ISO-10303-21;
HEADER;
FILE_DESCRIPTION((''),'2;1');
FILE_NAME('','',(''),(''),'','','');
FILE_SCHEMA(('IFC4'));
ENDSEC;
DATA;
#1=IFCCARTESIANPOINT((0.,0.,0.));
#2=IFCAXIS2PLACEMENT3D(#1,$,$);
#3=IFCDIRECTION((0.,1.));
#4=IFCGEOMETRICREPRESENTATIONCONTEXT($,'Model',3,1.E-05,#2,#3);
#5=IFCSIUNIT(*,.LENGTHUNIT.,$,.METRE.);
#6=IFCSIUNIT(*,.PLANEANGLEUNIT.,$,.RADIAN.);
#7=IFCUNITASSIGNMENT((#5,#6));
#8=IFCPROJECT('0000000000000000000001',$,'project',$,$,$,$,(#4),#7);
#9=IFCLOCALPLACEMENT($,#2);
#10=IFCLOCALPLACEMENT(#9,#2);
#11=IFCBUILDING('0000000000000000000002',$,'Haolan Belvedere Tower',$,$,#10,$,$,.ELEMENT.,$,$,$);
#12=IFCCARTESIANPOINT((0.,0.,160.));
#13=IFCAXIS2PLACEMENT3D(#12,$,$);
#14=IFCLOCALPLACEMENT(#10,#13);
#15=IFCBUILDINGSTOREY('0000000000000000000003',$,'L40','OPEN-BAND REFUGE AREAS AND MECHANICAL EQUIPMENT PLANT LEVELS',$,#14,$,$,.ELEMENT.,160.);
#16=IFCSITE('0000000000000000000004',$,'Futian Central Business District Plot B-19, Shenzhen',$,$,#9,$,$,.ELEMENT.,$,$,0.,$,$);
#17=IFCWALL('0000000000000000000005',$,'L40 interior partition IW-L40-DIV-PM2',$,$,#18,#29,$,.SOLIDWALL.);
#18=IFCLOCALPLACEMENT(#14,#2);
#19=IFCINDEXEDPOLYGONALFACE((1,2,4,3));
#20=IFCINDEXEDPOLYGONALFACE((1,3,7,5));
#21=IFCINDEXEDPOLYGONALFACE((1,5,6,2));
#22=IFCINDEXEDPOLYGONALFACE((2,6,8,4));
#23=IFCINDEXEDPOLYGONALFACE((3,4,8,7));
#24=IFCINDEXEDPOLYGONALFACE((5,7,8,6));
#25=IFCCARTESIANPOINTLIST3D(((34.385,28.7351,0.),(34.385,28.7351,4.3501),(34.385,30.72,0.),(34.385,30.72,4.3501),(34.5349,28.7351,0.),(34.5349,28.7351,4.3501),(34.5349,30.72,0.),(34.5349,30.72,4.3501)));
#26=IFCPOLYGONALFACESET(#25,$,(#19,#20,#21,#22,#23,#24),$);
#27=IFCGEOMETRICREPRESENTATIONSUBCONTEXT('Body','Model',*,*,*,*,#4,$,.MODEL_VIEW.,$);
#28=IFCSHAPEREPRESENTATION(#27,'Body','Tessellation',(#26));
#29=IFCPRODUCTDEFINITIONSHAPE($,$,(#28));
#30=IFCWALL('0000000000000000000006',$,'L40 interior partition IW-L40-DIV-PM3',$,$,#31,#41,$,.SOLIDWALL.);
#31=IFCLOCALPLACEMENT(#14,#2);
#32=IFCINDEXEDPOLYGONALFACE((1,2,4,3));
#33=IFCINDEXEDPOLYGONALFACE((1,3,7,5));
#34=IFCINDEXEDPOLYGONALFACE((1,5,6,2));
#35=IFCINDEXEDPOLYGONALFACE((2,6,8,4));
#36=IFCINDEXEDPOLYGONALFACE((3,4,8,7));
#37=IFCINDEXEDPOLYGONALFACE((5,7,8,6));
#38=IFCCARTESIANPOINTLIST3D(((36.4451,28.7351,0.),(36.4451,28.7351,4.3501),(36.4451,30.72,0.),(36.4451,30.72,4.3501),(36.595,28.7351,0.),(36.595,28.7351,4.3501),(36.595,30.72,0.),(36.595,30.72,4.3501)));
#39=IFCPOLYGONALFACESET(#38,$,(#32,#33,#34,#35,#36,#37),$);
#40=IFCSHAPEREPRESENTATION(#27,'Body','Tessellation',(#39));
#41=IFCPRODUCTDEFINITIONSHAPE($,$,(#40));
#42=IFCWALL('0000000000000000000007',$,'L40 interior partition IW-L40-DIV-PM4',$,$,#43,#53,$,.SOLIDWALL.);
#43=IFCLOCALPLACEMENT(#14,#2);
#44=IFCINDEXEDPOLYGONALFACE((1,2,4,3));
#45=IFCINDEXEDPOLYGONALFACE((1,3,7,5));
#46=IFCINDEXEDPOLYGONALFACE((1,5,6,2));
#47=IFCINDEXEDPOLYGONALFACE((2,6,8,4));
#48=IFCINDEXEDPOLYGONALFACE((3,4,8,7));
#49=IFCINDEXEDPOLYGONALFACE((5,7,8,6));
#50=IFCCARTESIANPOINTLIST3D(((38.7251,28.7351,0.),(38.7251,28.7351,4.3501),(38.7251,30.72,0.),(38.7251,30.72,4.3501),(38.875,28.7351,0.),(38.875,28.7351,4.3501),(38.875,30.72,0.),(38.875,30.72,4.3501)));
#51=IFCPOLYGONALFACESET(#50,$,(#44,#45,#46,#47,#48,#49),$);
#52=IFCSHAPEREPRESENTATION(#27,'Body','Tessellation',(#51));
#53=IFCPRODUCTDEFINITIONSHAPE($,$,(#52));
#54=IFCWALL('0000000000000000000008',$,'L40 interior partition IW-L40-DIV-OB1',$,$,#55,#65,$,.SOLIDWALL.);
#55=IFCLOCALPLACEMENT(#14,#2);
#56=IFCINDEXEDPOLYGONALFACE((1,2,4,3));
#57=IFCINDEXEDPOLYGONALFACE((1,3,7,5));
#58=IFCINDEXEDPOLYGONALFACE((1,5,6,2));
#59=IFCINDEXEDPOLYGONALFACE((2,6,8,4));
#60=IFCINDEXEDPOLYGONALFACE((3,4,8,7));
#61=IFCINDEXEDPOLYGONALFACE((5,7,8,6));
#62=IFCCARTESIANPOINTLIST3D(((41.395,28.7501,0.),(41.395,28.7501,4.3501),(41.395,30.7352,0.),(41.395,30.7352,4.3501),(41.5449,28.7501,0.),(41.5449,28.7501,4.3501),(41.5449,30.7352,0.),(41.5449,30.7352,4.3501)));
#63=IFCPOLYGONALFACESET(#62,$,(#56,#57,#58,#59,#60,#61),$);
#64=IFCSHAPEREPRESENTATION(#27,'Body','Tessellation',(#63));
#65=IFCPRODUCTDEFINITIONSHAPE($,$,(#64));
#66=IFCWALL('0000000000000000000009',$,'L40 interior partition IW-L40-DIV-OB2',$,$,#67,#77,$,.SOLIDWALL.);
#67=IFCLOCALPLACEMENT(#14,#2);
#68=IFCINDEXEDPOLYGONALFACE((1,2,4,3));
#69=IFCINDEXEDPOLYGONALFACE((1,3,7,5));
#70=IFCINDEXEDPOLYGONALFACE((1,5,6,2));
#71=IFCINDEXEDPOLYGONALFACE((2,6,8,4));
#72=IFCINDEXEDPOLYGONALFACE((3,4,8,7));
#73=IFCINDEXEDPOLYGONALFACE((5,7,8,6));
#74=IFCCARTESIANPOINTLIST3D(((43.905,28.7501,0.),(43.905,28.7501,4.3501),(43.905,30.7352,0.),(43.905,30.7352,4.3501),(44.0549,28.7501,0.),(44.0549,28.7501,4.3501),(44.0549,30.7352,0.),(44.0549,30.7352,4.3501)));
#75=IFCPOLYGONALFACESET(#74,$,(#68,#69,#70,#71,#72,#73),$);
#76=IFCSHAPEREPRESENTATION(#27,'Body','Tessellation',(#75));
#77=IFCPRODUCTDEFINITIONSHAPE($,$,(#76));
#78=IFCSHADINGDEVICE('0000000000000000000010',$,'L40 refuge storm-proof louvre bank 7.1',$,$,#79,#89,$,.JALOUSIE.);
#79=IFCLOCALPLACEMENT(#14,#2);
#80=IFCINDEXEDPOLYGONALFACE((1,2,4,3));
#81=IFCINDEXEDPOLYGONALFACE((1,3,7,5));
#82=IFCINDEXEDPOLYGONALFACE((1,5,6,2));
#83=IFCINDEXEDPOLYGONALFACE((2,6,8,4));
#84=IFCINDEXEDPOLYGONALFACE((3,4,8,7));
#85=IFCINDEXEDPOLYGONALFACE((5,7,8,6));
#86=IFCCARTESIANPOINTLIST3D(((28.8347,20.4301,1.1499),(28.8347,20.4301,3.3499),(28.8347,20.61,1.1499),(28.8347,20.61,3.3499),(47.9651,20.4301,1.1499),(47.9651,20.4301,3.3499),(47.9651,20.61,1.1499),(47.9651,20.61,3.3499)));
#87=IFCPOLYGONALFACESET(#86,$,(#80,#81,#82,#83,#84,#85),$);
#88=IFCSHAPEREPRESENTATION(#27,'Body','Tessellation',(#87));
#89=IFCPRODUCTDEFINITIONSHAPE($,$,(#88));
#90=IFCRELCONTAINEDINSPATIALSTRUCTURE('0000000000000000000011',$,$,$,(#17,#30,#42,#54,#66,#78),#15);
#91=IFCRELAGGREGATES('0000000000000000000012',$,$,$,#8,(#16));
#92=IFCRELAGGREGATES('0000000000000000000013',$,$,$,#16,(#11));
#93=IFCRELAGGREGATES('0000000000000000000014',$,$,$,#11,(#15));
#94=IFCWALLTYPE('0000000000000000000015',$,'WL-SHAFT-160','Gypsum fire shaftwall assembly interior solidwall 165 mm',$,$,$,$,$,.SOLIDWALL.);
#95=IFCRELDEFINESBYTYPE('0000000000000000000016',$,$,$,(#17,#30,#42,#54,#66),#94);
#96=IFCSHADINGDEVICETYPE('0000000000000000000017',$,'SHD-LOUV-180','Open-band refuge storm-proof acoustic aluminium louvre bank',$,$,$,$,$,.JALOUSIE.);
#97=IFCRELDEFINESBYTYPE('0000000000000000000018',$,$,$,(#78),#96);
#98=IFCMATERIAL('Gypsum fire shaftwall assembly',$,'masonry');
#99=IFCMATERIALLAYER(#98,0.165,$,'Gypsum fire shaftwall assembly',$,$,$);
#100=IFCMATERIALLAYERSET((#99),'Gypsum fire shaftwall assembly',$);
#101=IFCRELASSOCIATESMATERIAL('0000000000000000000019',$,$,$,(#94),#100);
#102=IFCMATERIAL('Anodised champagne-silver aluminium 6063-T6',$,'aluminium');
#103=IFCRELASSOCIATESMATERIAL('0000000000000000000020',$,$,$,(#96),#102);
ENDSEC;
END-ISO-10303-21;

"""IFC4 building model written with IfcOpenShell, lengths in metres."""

from ifc_helpers import new_model, si_unit, direction, frame, frame_2d, origin, origin_2d, place, context, subcontext, project, spatial, rectangle, extrude, material, layer, layer_set, type_object, element, save


model = new_model("IFC4")

# Units and contexts
model_context = context("Model", 3, precision=1e-05, world=origin(), true_north=direction((0.0, 1.0)))
body_context = subcontext(model_context, "Body", "Model", "MODEL_VIEW")
ifc_project = project(units=[si_unit("LENGTHUNIT", "METRE"), si_unit("PLANEANGLEUNIT", "RADIAN")], contexts=[model_context])

# Site, building, storey
site_placement = place(None, origin())
site = spatial("IfcSite", under=ifc_project, at=site_placement, Name="Futian Central Business District Plot B-19, Shenzhen", CompositionType="ELEMENT", RefElevation=0.0)
building_placement = place(site_placement, origin())
building = spatial("IfcBuilding", under=site, at=building_placement, Name="Haolan Belvedere Tower", CompositionType="ELEMENT")
storey_placement = place(building_placement, frame((0.0, 0.0, 160.0)))
storey = spatial("IfcBuildingStorey", under=building, at=storey_placement, Name="L40", Description="OPEN-BAND REFUGE AREAS AND MECHANICAL EQUIPMENT PLANT LEVELS", CompositionType="ELEMENT", Elevation=160.0)

# Shared definitions
ifc_material_1 = material(Name="Gypsum fire shaftwall assembly", Category="masonry")
ifc_layer_1 = layer(ifc_material_1, 0.165, Name="Gypsum fire shaftwall assembly")
ifc_layer_set_1 = layer_set([ifc_layer_1], Name="Gypsum fire shaftwall assembly")
wall_type_1 = type_object("IfcWallType", Name="WL-SHAFT-160", Description="Gypsum fire shaftwall assembly interior solidwall 165 mm", PredefinedType="SOLIDWALL", material=ifc_layer_set_1)

# Walls
for number, where, z_axis, x_axis, name in (
    (1, (34.46, 28.7351, 0.0), (0.0, 0.0, 1.0), (0.0, 1.0, 0.0), "L40 interior partition IW-L40-DIV-PM2"),
    (2, (36.52, 28.7351, 0.0), (0.0, 0.0, 1.0), (0.0, 1.0, 0.0), "L40 interior partition IW-L40-DIV-PM3"),
    (3, (38.8, 28.7351, 0.0), (0.0, 0.0, 1.0), (0.0, 1.0, 0.0), "L40 interior partition IW-L40-DIV-PM4"),
):
    element("IfcWall", number, at=place(storey_placement, frame(where, z_axis=z_axis, x_axis=x_axis)), inside=storey, type_object=wall_type_1, Name=name, PredefinedType="SOLIDWALL", context=body_context, shape_type="SweptSolid", body=[
        extrude(rectangle(XDim=1.9849, YDim=0.1499, at=frame_2d((0.9924, 0.0))), origin(), (0.0, 0.0, 1.0), 4.3501),
    ])
for number, where, z_axis, x_axis, name in (
    (4, (41.47, 28.75, 0.0), (0.0, 0.0, 1.0), (0.0, 1.0, 0.0), "L40 interior partition IW-L40-DIV-OB1"),
    (5, (43.98, 28.75, 0.0), (0.0, 0.0, 1.0), (0.0, 1.0, 0.0), "L40 interior partition IW-L40-DIV-OB2"),
):
    element("IfcWall", number, at=place(storey_placement, frame(where, z_axis=z_axis, x_axis=x_axis)), inside=storey, type_object=wall_type_1, Name=name, PredefinedType="SOLIDWALL", context=body_context, shape_type="SweptSolid", body=[
        extrude(rectangle(XDim=1.9851, YDim=0.1499, at=frame_2d((0.9927, 0.0))), origin(), (0.0, 0.0, 1.0), 4.3501),
    ])

# Shading device
ifc_material_2 = material(Name="Anodised champagne-silver aluminium 6063-T6", Category="aluminium")
shading_device_type = type_object("IfcShadingDeviceType", Name="SHD-LOUV-180", Description="Open-band refuge storm-proof acoustic aluminium louvre bank", PredefinedType="JALOUSIE", material=ifc_material_2)
shading_device_placement = place(storey_placement, frame((38.3999, 20.52, 1.1499), z_axis=(0.0, 0.0, 1.0), x_axis=(1.0, 0.0, 0.0)))
element("IfcShadingDevice", 6, at=shading_device_placement, inside=storey, type_object=shading_device_type, Name="L40 refuge storm-proof louvre bank 7.1", PredefinedType="JALOUSIE", context=body_context, shape_type="SweptSolid", body=[
    extrude(rectangle(XDim=19.1304, YDim=0.1799, at=origin_2d()), origin(), (0.0, 0.0, 1.0), 2.2),
])

save(model, "model.ifc")
